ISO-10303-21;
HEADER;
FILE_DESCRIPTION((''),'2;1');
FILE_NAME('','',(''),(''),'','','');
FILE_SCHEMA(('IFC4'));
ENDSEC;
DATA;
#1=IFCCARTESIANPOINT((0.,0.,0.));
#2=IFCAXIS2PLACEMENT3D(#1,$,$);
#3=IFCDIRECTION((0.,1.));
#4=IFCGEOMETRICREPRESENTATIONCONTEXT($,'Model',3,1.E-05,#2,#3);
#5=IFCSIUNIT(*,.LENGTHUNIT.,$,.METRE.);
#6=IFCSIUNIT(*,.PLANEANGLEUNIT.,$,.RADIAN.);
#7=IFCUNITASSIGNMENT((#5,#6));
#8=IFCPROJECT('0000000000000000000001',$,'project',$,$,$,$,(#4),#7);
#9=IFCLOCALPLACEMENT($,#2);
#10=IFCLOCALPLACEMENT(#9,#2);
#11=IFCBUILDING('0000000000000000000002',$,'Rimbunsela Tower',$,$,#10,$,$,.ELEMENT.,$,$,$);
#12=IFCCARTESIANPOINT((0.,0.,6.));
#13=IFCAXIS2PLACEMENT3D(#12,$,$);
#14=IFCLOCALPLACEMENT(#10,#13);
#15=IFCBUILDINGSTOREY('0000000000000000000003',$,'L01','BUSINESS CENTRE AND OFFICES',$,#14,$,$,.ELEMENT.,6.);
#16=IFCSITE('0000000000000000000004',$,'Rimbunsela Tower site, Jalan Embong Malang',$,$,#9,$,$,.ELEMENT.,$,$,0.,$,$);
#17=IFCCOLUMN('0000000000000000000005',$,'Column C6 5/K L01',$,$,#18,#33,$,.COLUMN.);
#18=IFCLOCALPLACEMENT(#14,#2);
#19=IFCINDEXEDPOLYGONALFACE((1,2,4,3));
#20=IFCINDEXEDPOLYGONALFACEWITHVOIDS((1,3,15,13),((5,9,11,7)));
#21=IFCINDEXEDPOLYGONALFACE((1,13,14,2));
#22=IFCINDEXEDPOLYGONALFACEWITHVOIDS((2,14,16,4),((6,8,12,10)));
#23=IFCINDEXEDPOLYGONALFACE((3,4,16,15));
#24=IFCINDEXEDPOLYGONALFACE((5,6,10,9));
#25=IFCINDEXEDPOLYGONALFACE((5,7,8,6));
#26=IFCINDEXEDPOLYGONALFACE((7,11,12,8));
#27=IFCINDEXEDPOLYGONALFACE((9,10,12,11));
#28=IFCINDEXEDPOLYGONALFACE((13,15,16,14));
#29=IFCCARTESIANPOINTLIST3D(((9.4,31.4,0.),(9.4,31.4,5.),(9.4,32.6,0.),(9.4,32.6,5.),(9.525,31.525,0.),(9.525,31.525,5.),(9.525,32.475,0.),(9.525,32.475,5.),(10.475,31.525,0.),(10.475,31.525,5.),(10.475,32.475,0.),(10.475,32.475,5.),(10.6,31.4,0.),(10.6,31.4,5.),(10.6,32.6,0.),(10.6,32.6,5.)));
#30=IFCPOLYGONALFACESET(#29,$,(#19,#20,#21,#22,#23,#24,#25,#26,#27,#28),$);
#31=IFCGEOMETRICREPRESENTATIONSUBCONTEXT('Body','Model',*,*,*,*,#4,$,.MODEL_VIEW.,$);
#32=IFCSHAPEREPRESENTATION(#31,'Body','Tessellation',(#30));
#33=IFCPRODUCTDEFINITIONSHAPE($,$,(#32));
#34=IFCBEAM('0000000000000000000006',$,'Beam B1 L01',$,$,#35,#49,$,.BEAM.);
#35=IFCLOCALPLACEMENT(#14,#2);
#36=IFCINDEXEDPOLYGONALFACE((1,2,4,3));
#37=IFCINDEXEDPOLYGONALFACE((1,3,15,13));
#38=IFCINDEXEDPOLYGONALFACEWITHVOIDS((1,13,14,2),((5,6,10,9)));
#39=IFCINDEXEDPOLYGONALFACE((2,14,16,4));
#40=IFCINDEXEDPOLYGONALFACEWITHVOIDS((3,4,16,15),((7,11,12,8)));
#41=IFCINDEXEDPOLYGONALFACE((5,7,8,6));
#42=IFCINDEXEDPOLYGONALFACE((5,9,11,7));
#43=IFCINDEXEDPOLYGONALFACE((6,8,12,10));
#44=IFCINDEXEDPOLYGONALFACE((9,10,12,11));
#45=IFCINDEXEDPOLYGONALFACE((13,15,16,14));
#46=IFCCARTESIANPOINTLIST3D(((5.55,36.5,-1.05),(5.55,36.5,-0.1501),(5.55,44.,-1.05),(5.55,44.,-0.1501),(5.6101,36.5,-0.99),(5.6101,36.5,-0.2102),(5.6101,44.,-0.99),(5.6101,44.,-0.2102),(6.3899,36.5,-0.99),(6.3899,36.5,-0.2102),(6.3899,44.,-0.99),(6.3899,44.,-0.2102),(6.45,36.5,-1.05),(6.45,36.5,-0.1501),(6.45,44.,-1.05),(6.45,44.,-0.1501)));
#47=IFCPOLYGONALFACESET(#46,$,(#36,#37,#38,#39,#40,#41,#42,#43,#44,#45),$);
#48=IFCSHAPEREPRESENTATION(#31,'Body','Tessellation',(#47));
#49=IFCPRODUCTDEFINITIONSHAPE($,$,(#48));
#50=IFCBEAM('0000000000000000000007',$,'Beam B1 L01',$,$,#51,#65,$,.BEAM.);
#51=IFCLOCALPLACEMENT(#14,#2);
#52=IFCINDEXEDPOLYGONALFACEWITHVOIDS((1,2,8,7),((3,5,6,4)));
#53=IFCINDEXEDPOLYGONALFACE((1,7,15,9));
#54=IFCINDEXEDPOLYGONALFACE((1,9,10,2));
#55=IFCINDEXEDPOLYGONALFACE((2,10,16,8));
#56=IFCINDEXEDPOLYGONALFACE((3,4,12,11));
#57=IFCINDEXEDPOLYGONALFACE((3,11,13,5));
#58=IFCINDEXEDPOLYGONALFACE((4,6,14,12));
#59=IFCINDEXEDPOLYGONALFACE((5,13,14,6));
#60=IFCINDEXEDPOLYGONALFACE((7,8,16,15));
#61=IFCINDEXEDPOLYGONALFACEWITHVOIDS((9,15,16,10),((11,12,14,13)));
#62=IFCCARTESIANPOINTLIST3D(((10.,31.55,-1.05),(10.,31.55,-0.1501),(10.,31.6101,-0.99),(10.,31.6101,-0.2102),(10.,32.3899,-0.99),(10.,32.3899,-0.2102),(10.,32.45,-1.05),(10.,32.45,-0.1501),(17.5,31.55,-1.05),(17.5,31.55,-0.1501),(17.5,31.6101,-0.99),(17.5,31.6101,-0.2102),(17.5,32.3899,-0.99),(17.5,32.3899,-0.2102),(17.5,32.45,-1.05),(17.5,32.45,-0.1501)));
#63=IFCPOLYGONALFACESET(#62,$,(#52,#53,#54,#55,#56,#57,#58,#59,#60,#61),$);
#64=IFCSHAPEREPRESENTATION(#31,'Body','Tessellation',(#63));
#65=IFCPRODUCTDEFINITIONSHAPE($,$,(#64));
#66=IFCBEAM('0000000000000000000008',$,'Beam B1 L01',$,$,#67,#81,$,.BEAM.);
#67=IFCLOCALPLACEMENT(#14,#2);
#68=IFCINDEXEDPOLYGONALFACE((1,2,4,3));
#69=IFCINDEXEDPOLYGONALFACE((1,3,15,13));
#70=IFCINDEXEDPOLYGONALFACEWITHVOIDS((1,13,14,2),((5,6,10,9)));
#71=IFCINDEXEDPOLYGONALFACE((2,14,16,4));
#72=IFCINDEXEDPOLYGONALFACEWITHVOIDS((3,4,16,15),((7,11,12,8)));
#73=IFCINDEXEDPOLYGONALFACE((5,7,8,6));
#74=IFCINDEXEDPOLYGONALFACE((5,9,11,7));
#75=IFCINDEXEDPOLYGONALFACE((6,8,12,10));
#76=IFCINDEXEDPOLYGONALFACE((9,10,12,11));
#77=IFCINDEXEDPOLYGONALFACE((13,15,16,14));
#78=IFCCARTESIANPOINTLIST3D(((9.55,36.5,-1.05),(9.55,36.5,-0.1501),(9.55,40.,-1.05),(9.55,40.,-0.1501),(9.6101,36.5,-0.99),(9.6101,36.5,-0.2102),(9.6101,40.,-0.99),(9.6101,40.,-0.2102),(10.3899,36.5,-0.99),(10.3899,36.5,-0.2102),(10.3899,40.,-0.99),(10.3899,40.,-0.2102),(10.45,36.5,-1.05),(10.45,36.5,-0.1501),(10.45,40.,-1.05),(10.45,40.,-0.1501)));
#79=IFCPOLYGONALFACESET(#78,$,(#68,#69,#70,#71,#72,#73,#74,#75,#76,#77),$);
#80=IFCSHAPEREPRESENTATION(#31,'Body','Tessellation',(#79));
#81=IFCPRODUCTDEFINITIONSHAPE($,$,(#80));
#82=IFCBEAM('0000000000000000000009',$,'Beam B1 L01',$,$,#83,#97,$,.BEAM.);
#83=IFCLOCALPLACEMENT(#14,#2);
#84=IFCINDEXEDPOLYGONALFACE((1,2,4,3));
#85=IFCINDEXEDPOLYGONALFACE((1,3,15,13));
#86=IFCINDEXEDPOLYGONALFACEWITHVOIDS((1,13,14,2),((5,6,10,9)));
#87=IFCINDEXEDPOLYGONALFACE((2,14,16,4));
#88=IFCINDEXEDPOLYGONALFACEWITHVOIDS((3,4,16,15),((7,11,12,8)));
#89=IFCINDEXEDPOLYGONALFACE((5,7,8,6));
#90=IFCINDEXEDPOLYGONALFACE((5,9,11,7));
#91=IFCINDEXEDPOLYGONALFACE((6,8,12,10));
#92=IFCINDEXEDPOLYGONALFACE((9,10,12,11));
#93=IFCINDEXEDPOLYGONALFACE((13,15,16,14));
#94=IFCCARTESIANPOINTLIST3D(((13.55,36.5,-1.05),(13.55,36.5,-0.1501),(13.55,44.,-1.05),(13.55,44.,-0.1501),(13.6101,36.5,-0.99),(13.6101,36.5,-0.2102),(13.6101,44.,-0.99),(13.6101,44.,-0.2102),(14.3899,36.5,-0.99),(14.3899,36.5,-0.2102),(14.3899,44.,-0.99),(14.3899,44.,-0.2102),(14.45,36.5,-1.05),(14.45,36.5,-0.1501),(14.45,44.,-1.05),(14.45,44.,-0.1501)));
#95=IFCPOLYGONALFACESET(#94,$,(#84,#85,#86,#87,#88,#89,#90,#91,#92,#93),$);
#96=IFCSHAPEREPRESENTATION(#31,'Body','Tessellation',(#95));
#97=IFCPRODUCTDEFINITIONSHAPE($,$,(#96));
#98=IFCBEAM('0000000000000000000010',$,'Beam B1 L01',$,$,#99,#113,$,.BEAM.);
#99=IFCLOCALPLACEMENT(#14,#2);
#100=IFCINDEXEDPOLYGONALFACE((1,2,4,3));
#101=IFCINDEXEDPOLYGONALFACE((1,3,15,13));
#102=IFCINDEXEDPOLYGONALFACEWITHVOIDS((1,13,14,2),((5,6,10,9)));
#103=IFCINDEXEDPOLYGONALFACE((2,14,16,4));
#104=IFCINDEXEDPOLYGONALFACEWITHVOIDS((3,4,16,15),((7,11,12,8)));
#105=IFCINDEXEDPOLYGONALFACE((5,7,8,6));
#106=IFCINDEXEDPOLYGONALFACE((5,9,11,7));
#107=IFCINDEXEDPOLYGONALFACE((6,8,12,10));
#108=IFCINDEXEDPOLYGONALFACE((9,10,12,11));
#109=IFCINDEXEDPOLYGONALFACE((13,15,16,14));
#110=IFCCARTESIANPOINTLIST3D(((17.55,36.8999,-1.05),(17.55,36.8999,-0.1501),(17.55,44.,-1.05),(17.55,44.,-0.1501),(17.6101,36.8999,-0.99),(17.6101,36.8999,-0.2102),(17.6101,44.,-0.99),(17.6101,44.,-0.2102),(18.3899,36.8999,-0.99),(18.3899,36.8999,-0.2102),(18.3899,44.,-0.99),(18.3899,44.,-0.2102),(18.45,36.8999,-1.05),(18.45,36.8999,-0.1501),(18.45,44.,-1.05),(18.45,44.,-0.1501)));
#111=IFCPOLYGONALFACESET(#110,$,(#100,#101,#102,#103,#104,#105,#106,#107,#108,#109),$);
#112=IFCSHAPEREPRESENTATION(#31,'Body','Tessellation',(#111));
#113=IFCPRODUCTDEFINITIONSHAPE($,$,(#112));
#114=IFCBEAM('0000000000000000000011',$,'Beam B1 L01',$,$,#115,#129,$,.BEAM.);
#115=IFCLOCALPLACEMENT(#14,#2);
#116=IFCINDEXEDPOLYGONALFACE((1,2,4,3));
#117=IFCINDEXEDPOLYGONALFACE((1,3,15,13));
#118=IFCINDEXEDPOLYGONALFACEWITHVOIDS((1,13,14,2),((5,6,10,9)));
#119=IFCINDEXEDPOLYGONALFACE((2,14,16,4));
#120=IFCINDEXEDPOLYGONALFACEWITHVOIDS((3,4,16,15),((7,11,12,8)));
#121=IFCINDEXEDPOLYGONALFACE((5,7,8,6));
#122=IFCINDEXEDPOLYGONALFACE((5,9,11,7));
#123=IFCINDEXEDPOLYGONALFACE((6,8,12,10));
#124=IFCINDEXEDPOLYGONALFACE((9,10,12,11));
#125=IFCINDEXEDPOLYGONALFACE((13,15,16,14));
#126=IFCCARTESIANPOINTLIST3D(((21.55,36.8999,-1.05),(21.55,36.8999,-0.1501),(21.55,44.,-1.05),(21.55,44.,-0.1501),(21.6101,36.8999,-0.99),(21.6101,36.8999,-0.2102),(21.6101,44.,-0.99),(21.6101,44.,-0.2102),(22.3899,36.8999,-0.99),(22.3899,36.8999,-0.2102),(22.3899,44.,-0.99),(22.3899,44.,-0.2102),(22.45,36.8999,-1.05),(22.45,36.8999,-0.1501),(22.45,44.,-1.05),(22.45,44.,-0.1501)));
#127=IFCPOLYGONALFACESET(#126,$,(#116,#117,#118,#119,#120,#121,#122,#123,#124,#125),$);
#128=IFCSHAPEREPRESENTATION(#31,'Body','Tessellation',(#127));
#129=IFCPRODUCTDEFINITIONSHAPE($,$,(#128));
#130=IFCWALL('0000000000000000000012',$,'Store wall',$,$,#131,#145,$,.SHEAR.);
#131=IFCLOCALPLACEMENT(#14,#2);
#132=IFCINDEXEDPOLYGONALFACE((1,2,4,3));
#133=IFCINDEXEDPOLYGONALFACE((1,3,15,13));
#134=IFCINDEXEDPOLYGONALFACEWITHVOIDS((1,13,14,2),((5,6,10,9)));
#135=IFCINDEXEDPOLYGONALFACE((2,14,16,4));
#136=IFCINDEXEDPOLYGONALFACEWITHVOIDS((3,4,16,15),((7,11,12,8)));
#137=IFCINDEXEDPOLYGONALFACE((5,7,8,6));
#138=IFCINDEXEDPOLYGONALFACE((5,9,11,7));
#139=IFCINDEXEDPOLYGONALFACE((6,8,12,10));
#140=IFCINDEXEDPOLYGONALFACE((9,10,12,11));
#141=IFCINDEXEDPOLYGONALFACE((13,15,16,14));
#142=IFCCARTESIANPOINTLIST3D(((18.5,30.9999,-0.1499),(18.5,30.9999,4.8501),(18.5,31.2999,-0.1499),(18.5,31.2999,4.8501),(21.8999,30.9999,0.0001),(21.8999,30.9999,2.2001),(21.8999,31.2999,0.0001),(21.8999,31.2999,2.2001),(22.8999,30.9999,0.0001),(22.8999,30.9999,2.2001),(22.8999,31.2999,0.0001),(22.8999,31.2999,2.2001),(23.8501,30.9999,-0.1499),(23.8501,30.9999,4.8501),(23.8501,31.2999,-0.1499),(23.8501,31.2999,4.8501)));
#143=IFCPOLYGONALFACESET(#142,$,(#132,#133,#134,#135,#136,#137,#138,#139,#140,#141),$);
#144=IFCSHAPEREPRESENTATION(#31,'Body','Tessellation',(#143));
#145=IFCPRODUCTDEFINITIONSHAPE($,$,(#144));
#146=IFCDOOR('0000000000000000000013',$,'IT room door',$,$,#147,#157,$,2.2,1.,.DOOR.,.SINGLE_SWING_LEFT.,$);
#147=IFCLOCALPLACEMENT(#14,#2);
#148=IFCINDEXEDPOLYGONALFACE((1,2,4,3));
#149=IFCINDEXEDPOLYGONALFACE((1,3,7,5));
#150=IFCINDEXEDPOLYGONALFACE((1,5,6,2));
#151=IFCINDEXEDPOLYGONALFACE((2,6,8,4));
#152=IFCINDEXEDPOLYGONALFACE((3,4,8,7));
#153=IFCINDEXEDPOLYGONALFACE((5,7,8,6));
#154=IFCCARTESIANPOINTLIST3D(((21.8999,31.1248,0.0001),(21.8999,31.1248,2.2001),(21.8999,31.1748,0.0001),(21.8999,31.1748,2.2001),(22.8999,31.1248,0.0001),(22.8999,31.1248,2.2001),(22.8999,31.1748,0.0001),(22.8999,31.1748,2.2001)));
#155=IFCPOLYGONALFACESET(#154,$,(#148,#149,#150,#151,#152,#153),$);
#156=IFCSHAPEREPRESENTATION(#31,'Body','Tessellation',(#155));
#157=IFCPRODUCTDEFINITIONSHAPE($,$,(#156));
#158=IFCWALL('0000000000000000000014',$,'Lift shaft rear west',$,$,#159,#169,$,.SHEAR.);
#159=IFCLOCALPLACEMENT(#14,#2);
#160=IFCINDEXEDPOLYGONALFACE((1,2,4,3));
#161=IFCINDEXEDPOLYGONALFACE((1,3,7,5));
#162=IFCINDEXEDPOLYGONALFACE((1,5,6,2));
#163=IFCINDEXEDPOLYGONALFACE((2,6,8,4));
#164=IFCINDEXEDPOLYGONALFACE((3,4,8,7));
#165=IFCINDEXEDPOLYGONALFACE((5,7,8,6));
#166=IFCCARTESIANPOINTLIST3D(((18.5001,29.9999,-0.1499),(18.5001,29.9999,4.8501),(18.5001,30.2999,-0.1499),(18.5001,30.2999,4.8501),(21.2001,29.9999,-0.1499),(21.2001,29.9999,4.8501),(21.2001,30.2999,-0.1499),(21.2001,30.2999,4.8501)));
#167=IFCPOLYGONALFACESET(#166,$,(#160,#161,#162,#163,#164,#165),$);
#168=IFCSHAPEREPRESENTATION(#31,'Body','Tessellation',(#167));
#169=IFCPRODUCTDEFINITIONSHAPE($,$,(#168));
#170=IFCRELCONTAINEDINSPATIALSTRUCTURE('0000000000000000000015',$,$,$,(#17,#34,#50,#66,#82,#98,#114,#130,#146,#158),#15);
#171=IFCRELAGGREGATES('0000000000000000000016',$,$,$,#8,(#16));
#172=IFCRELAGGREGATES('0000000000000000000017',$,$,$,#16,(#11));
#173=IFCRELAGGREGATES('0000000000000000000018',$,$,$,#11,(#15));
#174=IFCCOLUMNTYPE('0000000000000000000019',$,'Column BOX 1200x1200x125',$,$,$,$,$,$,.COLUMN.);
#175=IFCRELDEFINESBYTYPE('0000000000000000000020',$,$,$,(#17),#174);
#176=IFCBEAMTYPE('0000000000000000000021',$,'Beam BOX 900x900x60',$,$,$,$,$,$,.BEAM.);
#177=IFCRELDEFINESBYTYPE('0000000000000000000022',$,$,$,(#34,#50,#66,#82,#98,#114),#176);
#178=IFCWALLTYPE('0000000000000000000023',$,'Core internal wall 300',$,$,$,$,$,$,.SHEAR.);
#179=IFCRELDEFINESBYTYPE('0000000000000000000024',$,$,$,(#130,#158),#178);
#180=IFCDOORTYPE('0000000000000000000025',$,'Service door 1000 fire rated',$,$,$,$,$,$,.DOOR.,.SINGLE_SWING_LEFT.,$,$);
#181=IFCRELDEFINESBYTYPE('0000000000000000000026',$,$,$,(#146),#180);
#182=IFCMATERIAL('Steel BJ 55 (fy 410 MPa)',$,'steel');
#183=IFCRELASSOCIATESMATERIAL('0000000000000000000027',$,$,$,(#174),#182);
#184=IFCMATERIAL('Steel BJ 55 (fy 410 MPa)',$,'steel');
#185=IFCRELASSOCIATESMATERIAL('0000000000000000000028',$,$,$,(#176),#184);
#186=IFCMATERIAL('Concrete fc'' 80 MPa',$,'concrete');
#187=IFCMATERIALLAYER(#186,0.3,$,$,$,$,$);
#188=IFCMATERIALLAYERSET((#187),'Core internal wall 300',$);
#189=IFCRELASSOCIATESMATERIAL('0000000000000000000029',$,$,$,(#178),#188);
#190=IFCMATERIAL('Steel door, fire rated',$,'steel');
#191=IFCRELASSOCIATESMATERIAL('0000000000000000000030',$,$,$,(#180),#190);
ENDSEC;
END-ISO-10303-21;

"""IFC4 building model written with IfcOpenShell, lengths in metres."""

from ifc_helpers import new_model, si_unit, direction, frame, frame_2d, origin, origin_2d, place, context, subcontext, project, spatial, rectangle, hollow_rectangle, extrude, material, layer, layer_set, material_profile, profile_set, type_object, element, fill, save


model = new_model("IFC4")

# Units and contexts
model_context = context("Model", 3, precision=1e-05, world=origin(), true_north=direction((0.0, 1.0)))
body_context = subcontext(model_context, "Body", "Model", "MODEL_VIEW")
ifc_project = project(units=[si_unit("LENGTHUNIT", "METRE"), si_unit("PLANEANGLEUNIT", "RADIAN")], contexts=[model_context])

# Site, building, storey
site_placement = place(None, origin())
site = spatial("IfcSite", under=ifc_project, at=site_placement, Name="Rimbunsela Tower site, Jalan Embong Malang", CompositionType="ELEMENT", RefElevation=0.0)
building_placement = place(site_placement, origin())
building = spatial("IfcBuilding", under=site, at=building_placement, Name="Rimbunsela Tower", CompositionType="ELEMENT")
storey_placement = place(building_placement, frame((0.0, 0.0, 6.0)))
storey = spatial("IfcBuildingStorey", under=building, at=storey_placement, Name="L01", Description="BUSINESS CENTRE AND OFFICES", CompositionType="ELEMENT", Elevation=6.0)

# Column
ifc_material_1 = material(Name="Steel BJ 55 (fy 410 MPa)", Category="steel")
ifc_material_profile_1 = material_profile(ifc_material_1, hollow_rectangle(XDim=1.2, YDim=1.2, WallThickness=0.125, at=origin_2d()), Name="BOX 1200x1200x125")
ifc_profile_set_1 = profile_set([ifc_material_profile_1], Name="Steel BJ 55 (fy 410 MPa)")
column_type = type_object("IfcColumnType", Name="Column BOX 1200x1200x125", PredefinedType="COLUMN", material=ifc_profile_set_1)
column_placement = place(storey_placement, frame((10.0, 32.0, 0.0), z_axis=(0.0, 0.0, 1.0), x_axis=(1.0, 0.0, 0.0)))
element("IfcColumn", 1, at=column_placement, inside=storey, type_object=column_type, Name="Column C6 5/K L01", PredefinedType="COLUMN", context=body_context, shape_type="SweptSolid", body=[
    extrude(hollow_rectangle(XDim=1.2, YDim=1.2, WallThickness=0.125, at=origin_2d()), origin(), (0.0, 0.0, 1.0), 5.0),
])

# Beams
ifc_material_2 = material(Name="Steel BJ 55 (fy 410 MPa)", Category="steel")
ifc_material_profile_2 = material_profile(ifc_material_2, hollow_rectangle(XDim=0.8999, YDim=0.8999, WallThickness=0.0601, at=origin_2d()), Name="BOX 900x900x60")
ifc_profile_set_2 = profile_set([ifc_material_profile_2], Name="Steel BJ 55 (fy 410 MPa)")
beam_type = type_object("IfcBeamType", Name="Beam BOX 900x900x60", PredefinedType="BEAM", material=ifc_profile_set_2)
for number, where, z_axis, x_axis, name in (
    (2, (6.0, 36.5, -0.6001), (0.0, 1.0, 0.0), (-1.0, 0.0, 0.0), "Beam B1 L01"),
    (3, (10.0, 32.0, -0.6001), (1.0, 0.0, 0.0), (0.0, 1.0, 0.0), "Beam B1 L01"),
):
    element("IfcBeam", number, at=place(storey_placement, frame(where, z_axis=z_axis, x_axis=x_axis)), inside=storey, type_object=beam_type, Name=name, PredefinedType="BEAM", context=body_context, shape_type="SweptSolid", body=[
        extrude(hollow_rectangle(XDim=0.8999, YDim=0.8999, WallThickness=0.0601, at=origin_2d()), origin(), (0.0, 0.0, 1.0), 7.5),
    ])
beam_1_placement = place(storey_placement, frame((10.0, 36.5, -0.6001), z_axis=(0.0, 1.0, 0.0), x_axis=(-1.0, 0.0, 0.0)))
element("IfcBeam", 4, at=beam_1_placement, inside=storey, type_object=beam_type, Name="Beam B1 L01", PredefinedType="BEAM", context=body_context, shape_type="SweptSolid", body=[
    extrude(hollow_rectangle(XDim=0.8999, YDim=0.8999, WallThickness=0.0601, at=origin_2d()), origin(), (0.0, 0.0, 1.0), 3.5),
])
beam_2_placement = place(storey_placement, frame((14.0, 36.5, -0.6001), z_axis=(0.0, 1.0, 0.0), x_axis=(-1.0, 0.0, 0.0)))
element("IfcBeam", 5, at=beam_2_placement, inside=storey, type_object=beam_type, Name="Beam B1 L01", PredefinedType="BEAM", context=body_context, shape_type="SweptSolid", body=[
    extrude(hollow_rectangle(XDim=0.8999, YDim=0.8999, WallThickness=0.0601, at=origin_2d()), origin(), (0.0, 0.0, 1.0), 7.5),
])
for number, where, z_axis, x_axis, name in (
    (6, (18.0, 36.8999, -0.6001), (0.0, 1.0, 0.0), (-1.0, 0.0, 0.0), "Beam B1 L01"),
    (7, (22.0, 36.8999, -0.6001), (0.0, 1.0, 0.0), (-1.0, 0.0, 0.0), "Beam B1 L01"),
):
    element("IfcBeam", number, at=place(storey_placement, frame(where, z_axis=z_axis, x_axis=x_axis)), inside=storey, type_object=beam_type, Name=name, PredefinedType="BEAM", context=body_context, shape_type="SweptSolid", body=[
        extrude(hollow_rectangle(XDim=0.8999, YDim=0.8999, WallThickness=0.0601, at=origin_2d()), origin(), (0.0, 0.0, 1.0), 7.1001),
    ])

# Wall, opening, door
ifc_material_3 = material(Name="Concrete fc' 80 MPa", Category="concrete")
ifc_layer_1 = layer(ifc_material_3, 0.3)
ifc_layer_set_1 = layer_set([ifc_layer_1], Name="Core internal wall 300")
wall_type_1 = type_object("IfcWallType", Name="Core internal wall 300", PredefinedType="SHEAR", material=ifc_layer_set_1)
wall_1_placement = place(storey_placement, frame((18.5, 31.1499, -0.1499), z_axis=(0.0, 0.0, 1.0), x_axis=(1.0, 0.0, 0.0)))
wall_1 = element("IfcWall", 8, at=wall_1_placement, inside=storey, type_object=wall_type_1, Name="Store wall", PredefinedType="SHEAR", context=body_context, shape_type="SweptSolid", body=[
    extrude(rectangle(XDim=5.3501, YDim=0.3, at=frame_2d((2.675, 0.0))), origin(), (0.0, 0.0, 1.0), 5.0),
])
opening_1_placement = place(wall_1_placement, frame((3.3999, 0.0, 0.1499)))
opening_1 = element("IfcOpeningElement", 9, at=opening_1_placement, cuts=wall_1, PredefinedType="OPENING", context=body_context, shape_type="SweptSolid", body=[
    extrude(rectangle(XDim=1.0, YDim=2.2, at=frame_2d((0.5, 1.1001))), frame((0.0, 0.1599, 0.0), z_axis=(0.0, -1.0, 0.0), x_axis=(1.0, 0.0, 0.0)), (0.0, 0.0, 1.0), 0.3201),
])
ifc_material_4 = material(Name="Steel door, fire rated", Category="steel")
door_type_1 = type_object("IfcDoorType", Name="Service door 1000 fire rated", OperationType="SINGLE_SWING_LEFT", PredefinedType="DOOR", material=ifc_material_4)
door_1_placement = place(opening_1_placement, origin())
door_1 = element("IfcDoor", 10, at=door_1_placement, inside=storey, type_object=door_type_1, Name="IT room door", OperationType="SINGLE_SWING_LEFT", OverallHeight=2.2, OverallWidth=1.0, PredefinedType="DOOR", context=body_context, shape_type="SweptSolid", body=[
    extrude(rectangle(XDim=1.0, YDim=2.2, at=frame_2d((0.5, 1.1001))), frame((0.0, 0.0249, 0.0), z_axis=(0.0, -1.0, 0.0), x_axis=(1.0, 0.0, 0.0)), (0.0, 0.0, 1.0), 0.05),
])
fill(opening_1, door_1)

# Wall
wall_2_placement = place(storey_placement, frame((18.5, 30.1499, -0.1499), z_axis=(0.0, 0.0, 1.0), x_axis=(1.0, 0.0, 0.0)))
element("IfcWall", 11, at=wall_2_placement, inside=storey, type_object=wall_type_1, Name="Lift shaft rear west", PredefinedType="SHEAR", context=body_context, shape_type="SweptSolid", body=[
    extrude(rectangle(XDim=2.7, YDim=0.3, at=frame_2d((1.3501, 0.0))), origin(), (0.0, 0.0, 1.0), 5.0),
])

save(model, "model.ifc")
